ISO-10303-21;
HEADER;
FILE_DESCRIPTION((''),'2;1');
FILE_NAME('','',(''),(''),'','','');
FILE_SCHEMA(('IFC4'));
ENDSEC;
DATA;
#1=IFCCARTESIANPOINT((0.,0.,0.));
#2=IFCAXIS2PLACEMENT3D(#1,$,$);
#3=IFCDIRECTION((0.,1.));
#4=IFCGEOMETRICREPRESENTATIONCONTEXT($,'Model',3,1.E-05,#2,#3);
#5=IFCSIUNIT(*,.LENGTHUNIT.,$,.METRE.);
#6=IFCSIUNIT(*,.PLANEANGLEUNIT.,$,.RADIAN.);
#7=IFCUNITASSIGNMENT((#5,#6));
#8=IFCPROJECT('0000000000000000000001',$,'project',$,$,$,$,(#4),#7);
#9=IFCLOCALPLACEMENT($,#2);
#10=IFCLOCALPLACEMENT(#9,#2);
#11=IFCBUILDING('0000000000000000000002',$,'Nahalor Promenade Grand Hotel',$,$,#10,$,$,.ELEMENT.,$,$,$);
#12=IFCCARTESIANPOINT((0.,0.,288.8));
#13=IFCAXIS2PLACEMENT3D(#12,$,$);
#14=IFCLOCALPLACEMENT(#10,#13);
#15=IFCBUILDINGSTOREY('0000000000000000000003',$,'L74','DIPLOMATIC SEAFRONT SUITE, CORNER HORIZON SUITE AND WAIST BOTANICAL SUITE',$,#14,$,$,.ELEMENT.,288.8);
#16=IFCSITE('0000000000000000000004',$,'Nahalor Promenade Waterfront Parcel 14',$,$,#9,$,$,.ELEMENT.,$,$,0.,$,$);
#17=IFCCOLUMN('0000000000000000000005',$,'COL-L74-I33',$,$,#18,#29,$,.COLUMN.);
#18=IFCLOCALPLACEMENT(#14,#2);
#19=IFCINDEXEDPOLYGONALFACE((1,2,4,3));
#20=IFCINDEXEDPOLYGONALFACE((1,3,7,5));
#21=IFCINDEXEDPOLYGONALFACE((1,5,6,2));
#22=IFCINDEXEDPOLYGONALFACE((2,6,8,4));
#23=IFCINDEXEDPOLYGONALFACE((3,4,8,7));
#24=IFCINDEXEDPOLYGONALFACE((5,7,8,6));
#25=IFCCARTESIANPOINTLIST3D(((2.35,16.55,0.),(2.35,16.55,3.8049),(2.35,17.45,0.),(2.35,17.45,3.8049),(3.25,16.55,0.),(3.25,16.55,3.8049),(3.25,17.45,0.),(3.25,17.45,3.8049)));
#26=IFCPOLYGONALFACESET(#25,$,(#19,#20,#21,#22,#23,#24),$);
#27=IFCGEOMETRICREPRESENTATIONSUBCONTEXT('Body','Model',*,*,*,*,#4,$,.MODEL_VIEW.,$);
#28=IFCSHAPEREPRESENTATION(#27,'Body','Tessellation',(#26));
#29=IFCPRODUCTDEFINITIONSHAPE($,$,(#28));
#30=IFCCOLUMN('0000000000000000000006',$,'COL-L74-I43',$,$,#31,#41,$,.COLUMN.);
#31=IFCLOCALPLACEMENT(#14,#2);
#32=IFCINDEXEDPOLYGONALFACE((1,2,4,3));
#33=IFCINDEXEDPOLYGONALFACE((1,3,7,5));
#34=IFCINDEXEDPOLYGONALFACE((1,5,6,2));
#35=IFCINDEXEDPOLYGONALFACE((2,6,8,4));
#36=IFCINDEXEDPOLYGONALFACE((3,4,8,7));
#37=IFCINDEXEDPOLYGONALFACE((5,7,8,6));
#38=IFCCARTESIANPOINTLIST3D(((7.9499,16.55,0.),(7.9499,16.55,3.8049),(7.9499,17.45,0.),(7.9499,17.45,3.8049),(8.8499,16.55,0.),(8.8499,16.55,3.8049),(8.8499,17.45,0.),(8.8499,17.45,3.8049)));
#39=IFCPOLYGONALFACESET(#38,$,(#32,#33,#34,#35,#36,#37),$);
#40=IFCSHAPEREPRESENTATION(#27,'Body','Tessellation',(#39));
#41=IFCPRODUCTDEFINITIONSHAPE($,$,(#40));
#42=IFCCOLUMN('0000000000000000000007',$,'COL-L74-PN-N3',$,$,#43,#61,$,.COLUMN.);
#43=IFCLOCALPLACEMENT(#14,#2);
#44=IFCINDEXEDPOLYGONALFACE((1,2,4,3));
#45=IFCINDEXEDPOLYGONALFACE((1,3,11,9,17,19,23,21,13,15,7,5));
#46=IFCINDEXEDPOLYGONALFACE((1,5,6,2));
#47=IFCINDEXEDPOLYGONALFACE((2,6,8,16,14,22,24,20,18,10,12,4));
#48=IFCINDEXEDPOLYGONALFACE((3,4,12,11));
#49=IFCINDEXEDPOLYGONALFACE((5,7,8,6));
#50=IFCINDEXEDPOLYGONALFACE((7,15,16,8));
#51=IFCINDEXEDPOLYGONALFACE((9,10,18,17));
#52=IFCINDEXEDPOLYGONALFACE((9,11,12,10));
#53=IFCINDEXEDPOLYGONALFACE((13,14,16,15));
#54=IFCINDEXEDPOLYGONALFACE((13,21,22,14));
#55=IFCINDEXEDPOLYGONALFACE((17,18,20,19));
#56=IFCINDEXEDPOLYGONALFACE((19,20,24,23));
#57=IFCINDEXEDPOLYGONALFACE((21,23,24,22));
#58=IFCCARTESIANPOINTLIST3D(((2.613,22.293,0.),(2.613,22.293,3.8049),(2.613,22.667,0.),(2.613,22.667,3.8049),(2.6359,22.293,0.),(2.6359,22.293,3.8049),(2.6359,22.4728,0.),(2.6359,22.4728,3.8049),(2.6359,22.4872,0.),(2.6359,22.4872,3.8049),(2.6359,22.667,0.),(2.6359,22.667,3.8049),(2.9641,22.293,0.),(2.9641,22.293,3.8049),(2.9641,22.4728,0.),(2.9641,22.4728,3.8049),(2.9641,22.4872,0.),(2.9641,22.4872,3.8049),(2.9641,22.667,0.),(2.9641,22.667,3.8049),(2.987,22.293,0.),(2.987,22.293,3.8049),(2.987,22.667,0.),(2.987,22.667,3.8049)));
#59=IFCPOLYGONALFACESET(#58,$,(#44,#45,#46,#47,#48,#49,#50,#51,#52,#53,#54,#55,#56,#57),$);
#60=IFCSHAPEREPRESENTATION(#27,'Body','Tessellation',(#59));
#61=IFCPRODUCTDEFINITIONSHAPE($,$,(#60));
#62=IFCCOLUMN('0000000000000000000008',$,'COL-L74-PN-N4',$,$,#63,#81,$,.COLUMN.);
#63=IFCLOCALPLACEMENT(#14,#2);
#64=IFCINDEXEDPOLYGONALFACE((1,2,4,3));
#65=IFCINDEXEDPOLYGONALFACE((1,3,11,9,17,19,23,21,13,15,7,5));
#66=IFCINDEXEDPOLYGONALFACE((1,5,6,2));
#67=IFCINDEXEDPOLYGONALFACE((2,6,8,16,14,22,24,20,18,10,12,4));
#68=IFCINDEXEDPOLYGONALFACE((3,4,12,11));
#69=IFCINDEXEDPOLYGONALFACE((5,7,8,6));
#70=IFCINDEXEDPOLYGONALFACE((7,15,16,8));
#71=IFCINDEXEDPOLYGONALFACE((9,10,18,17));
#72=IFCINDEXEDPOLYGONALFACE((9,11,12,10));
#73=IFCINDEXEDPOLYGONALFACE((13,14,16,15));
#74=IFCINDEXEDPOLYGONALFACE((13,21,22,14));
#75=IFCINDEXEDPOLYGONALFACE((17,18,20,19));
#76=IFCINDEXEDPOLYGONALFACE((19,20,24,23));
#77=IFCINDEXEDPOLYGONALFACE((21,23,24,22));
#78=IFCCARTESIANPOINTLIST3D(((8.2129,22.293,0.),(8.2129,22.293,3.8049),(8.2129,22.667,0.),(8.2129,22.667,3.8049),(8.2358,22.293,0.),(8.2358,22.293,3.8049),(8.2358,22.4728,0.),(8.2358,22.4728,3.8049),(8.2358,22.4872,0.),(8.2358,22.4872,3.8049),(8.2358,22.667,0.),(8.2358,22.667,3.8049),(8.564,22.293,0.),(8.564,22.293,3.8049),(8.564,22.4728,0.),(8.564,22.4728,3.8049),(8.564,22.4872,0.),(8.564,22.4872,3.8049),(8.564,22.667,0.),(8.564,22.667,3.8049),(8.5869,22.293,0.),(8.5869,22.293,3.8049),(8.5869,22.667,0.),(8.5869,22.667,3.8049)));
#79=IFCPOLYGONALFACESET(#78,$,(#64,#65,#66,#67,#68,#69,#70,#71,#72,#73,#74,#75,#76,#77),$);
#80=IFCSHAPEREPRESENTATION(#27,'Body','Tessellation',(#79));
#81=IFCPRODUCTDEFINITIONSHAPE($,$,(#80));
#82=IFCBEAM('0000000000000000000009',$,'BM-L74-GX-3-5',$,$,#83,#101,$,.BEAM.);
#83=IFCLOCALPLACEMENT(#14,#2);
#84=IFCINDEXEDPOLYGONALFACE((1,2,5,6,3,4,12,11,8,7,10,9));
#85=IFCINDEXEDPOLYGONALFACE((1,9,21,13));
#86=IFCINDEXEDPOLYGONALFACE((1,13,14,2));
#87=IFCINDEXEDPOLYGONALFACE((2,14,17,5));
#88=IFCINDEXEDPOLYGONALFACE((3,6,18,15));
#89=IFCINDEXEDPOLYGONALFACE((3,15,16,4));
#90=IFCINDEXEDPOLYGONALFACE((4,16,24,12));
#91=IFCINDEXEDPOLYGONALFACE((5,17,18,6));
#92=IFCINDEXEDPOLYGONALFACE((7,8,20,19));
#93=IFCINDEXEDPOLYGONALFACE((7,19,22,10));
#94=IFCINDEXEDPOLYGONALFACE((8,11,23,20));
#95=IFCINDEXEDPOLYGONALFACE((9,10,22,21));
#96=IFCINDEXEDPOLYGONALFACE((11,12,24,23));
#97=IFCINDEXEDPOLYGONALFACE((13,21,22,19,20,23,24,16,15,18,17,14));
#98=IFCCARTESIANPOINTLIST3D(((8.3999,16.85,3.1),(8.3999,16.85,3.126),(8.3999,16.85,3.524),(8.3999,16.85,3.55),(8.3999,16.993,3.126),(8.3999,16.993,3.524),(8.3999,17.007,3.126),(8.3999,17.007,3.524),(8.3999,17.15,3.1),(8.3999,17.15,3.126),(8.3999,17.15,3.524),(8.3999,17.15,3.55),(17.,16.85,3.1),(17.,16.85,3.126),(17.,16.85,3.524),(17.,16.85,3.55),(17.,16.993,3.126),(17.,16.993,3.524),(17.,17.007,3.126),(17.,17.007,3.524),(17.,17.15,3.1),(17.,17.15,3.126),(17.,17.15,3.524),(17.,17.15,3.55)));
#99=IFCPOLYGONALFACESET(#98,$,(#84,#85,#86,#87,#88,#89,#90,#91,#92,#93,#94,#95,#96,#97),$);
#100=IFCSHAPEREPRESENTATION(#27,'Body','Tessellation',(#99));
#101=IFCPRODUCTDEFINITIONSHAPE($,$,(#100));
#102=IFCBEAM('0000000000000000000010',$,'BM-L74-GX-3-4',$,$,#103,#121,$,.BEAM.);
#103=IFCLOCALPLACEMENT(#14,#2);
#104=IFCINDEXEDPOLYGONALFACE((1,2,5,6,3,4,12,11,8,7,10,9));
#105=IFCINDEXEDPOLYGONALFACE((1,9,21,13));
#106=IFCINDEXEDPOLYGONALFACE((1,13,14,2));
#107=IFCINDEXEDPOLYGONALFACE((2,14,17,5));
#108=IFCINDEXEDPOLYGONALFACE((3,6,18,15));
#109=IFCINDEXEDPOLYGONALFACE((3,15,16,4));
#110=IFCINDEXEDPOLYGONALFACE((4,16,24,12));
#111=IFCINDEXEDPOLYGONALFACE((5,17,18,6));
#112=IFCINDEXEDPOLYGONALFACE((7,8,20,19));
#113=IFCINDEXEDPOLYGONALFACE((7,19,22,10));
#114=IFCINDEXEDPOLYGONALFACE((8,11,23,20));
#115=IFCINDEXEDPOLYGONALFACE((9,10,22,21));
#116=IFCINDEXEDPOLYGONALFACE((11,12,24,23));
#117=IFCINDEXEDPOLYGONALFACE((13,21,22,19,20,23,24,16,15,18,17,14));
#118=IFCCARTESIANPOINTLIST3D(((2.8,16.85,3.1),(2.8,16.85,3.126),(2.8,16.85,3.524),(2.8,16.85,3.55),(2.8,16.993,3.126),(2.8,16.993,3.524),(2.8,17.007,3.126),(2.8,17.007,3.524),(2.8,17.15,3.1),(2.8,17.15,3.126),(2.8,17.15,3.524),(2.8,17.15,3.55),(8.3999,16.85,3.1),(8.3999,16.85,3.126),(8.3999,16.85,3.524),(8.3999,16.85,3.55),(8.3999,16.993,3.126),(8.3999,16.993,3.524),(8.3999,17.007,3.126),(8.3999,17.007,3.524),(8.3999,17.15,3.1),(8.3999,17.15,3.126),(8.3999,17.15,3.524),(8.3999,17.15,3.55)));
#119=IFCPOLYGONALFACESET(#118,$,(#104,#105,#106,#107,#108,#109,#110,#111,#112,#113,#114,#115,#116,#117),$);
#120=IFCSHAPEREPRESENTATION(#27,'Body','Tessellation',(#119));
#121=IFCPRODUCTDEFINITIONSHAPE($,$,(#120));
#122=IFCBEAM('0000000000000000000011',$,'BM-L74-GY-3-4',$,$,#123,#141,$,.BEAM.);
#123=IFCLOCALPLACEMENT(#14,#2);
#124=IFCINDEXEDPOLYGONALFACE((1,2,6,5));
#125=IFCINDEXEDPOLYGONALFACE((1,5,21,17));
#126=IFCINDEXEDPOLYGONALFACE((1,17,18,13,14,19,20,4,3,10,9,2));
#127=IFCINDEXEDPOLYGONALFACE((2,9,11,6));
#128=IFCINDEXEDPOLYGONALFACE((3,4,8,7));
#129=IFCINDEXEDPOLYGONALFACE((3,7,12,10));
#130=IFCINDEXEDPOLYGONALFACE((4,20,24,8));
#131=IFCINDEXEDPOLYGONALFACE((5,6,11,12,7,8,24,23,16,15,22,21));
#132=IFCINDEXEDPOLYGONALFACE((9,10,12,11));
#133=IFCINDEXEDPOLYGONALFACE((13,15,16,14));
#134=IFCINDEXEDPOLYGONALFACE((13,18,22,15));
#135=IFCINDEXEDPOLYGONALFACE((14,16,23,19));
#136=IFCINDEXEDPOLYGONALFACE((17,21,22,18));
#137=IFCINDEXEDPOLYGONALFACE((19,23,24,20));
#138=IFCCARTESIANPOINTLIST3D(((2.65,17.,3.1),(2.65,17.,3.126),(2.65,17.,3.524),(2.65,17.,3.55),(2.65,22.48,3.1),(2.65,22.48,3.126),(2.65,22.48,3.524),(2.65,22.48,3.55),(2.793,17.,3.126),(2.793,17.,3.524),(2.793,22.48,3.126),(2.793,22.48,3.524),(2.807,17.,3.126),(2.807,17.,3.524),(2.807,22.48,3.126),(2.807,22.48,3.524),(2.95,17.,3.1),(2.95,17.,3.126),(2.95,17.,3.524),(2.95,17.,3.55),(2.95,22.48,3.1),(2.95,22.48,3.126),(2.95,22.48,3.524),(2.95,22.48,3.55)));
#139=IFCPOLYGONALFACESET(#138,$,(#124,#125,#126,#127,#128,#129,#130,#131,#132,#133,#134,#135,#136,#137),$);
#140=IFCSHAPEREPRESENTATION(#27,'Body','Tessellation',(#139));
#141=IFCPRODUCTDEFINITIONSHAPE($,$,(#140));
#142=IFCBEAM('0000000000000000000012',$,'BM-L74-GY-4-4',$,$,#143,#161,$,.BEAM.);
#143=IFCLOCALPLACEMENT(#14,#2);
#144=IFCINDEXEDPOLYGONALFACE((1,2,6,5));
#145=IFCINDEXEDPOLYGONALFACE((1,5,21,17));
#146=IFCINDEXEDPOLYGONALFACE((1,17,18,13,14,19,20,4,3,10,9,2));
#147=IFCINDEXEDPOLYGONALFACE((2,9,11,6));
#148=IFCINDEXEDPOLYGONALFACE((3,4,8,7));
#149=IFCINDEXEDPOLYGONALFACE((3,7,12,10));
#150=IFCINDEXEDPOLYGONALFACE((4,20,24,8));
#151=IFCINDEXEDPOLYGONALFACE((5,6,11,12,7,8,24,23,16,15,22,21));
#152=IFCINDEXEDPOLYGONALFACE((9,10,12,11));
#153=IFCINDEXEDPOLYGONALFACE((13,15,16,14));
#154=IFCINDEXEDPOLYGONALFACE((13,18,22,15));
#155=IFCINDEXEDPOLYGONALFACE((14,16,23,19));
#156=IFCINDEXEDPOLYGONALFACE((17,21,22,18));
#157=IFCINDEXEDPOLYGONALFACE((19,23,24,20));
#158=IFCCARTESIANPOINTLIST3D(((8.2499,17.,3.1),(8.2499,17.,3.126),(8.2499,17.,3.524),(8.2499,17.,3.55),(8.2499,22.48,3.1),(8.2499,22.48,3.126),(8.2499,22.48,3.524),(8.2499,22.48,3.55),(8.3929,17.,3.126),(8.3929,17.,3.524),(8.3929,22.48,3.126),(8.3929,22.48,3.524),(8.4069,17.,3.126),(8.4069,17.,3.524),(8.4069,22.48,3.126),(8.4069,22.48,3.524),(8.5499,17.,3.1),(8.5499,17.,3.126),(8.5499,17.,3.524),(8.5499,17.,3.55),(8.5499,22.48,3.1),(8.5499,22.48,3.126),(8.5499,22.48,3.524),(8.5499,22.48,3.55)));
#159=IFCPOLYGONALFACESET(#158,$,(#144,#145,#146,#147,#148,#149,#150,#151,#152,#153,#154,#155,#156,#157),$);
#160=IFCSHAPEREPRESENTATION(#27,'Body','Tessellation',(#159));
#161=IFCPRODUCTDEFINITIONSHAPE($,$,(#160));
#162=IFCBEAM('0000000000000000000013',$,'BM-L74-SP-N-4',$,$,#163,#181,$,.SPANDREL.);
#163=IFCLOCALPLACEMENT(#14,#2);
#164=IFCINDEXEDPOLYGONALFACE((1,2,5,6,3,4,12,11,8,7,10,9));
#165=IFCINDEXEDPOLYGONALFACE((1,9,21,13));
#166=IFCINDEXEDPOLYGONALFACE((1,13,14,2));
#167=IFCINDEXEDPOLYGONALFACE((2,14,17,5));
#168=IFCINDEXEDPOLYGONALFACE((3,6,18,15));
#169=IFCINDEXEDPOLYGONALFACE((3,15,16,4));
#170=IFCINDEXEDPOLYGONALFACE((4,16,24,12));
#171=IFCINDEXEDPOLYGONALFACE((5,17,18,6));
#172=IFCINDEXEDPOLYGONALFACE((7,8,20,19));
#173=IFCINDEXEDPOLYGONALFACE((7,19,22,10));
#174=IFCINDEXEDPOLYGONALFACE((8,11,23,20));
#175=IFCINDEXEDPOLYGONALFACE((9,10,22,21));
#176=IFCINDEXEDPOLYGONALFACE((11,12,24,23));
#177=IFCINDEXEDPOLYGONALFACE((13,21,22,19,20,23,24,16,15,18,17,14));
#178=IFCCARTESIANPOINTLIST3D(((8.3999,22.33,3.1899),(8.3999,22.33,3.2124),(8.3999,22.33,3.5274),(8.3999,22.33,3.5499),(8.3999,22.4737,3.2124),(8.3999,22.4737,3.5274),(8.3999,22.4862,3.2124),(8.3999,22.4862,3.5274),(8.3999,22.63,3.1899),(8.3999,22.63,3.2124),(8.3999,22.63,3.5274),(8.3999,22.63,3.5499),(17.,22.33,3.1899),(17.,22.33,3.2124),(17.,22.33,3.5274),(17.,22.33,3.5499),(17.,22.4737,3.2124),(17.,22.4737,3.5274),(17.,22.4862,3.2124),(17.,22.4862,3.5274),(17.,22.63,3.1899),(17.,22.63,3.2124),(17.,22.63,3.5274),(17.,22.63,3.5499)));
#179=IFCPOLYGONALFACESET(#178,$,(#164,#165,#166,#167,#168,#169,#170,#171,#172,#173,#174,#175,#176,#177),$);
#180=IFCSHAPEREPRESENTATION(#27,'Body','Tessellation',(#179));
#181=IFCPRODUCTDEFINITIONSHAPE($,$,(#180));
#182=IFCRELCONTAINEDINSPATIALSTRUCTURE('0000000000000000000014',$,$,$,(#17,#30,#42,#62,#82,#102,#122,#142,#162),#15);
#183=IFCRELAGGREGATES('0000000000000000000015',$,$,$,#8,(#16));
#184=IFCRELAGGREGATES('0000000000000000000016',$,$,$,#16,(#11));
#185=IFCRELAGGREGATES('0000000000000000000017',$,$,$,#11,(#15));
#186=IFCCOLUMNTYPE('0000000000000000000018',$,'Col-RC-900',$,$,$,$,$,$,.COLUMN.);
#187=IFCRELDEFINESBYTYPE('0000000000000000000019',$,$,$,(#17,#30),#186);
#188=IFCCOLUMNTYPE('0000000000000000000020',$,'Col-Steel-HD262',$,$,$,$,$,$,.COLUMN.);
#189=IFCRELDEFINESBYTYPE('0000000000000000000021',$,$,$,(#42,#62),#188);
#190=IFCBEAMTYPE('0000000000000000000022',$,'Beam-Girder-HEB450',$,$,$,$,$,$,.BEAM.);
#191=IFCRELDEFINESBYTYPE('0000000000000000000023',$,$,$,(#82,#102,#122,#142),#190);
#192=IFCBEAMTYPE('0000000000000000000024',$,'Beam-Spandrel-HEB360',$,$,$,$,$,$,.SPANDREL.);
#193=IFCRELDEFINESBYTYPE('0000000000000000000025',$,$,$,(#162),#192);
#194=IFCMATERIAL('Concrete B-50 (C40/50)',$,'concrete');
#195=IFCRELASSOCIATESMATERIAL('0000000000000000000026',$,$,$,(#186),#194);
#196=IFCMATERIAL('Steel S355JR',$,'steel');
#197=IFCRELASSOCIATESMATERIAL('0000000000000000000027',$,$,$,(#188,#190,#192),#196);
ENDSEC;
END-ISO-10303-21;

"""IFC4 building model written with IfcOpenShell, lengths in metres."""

from ifc_helpers import new_model, si_unit, direction, frame, origin, origin_2d, place, context, subcontext, project, spatial, rectangle, i_section, extrude, source, transform, mapped, material, material_profile, profile_set, type_object, element, save


model = new_model("IFC4")

# Units and contexts
model_context = context("Model", 3, precision=1e-05, world=origin(), true_north=direction((0.0, 1.0)))
body_context = subcontext(model_context, "Body", "Model", "MODEL_VIEW")
ifc_project = project(units=[si_unit("LENGTHUNIT", "METRE"), si_unit("PLANEANGLEUNIT", "RADIAN")], contexts=[model_context])

# Site, building, storey
site_placement = place(None, origin())
site = spatial("IfcSite", under=ifc_project, at=site_placement, Name="Nahalor Promenade Waterfront Parcel 14", CompositionType="ELEMENT", RefElevation=0.0)
building_placement = place(site_placement, origin())
building = spatial("IfcBuilding", under=site, at=building_placement, Name="Nahalor Promenade Grand Hotel", CompositionType="ELEMENT")
storey_placement = place(building_placement, frame((0.0, 0.0, 288.8)))
storey = spatial("IfcBuildingStorey", under=building, at=storey_placement, Name="L74", Description="DIPLOMATIC SEAFRONT SUITE, CORNER HORIZON SUITE AND WAIST BOTANICAL SUITE", CompositionType="ELEMENT", Elevation=288.8)

# Columns
ifc_material_1 = material(Name="Concrete B-50 (C40/50)", Category="concrete")
ifc_material_profile_1 = material_profile(ifc_material_1, rectangle(XDim=0.9, YDim=0.9, at=origin_2d()), Name="RC 900x900")
ifc_profile_set_1 = profile_set([ifc_material_profile_1], Name="Concrete B-50 (C40/50)")
column_type_1 = type_object("IfcColumnType", Name="Col-RC-900", PredefinedType="COLUMN", material=ifc_profile_set_1)
shared_shape_1 = source(origin(), body_context, "Body", "SweptSolid", [
    extrude(rectangle(XDim=0.9, YDim=0.9, at=origin_2d()), origin(), (0.0, 0.0, 1.0), 3.8049),
])
for number, where, z_axis, x_axis, name in (
    (1, (2.8, 17.0, 0.0), (0.0, 0.0, 1.0), (1.0, 0.0, 0.0), "COL-L74-I33"),
    (2, (8.3999, 17.0, 0.0), (0.0, 0.0, 1.0), (1.0, 0.0, 0.0), "COL-L74-I43"),
):
    element("IfcColumn", number, at=place(storey_placement, frame(where, z_axis=z_axis, x_axis=x_axis)), inside=storey, type_object=column_type_1, Name=name, PredefinedType="COLUMN", context=body_context, shape_type="MappedRepresentation", body=[
        mapped(shared_shape_1, transform((0.0, 0.0, 0.0), scale=1.0)),
    ])
ifc_material_2 = material(Name="Steel S355JR", Category="steel")
ifc_material_profile_2 = material_profile(ifc_material_2, i_section(OverallWidth=0.374, OverallDepth=0.374, WebThickness=0.0144, FlangeThickness=0.0229, at=origin_2d()), Name="HD 360x262")
ifc_profile_set_2 = profile_set([ifc_material_profile_2], Name="Steel S355JR")
column_type_2 = type_object("IfcColumnType", Name="Col-Steel-HD262", PredefinedType="COLUMN", material=ifc_profile_set_2)
shared_shape_2 = source(origin(), body_context, "Body", "SweptSolid", [
    extrude(i_section(OverallWidth=0.374, OverallDepth=0.374, WebThickness=0.0144, FlangeThickness=0.0229, at=origin_2d()), origin(), (0.0, 0.0, 1.0), 3.8049),
])
for number, where, z_axis, x_axis, name in (
    (3, (2.8, 22.48, 0.0), (0.0, 0.0, 1.0), (0.0, 1.0, 0.0), "COL-L74-PN-N3"),
    (4, (8.3999, 22.48, 0.0), (0.0, 0.0, 1.0), (0.0, 1.0, 0.0), "COL-L74-PN-N4"),
):
    element("IfcColumn", number, at=place(storey_placement, frame(where, z_axis=z_axis, x_axis=x_axis)), inside=storey, type_object=column_type_2, Name=name, PredefinedType="COLUMN", context=body_context, shape_type="MappedRepresentation", body=[
        mapped(shared_shape_2, transform((0.0, 0.0, 0.0), scale=1.0)),
    ])

# Beams
ifc_material_profile_3 = material_profile(ifc_material_2, i_section(OverallWidth=0.3, OverallDepth=0.45, WebThickness=0.014, FlangeThickness=0.026, at=origin_2d()), Name="HEB 450")
ifc_profile_set_3 = profile_set([ifc_material_profile_3], Name="Steel S355JR")
beam_type_1 = type_object("IfcBeamType", Name="Beam-Girder-HEB450", PredefinedType="BEAM", material=ifc_profile_set_3)
shared_shape_3 = source(origin(), body_context, "Body", "SweptSolid", [
    extrude(i_section(OverallWidth=0.3, OverallDepth=0.45, WebThickness=0.014, FlangeThickness=0.026, at=origin_2d()), origin(), (0.0, 0.0, 1.0), 8.6001),
])
beam_1_placement = place(storey_placement, frame((8.3999, 17.0, 3.325), z_axis=(1.0, 0.0, 0.0), x_axis=(0.0, 1.0, 0.0)))
element("IfcBeam", 5, at=beam_1_placement, inside=storey, type_object=beam_type_1, Name="BM-L74-GX-3-5", PredefinedType="BEAM", context=body_context, shape_type="MappedRepresentation", body=[
    mapped(shared_shape_3, transform((0.0, 0.0, 0.0), scale=1.0)),
])
shared_shape_4 = source(origin(), body_context, "Body", "SweptSolid", [
    extrude(i_section(OverallWidth=0.3, OverallDepth=0.45, WebThickness=0.014, FlangeThickness=0.026, at=origin_2d()), origin(), (0.0, 0.0, 1.0), 5.5999),
])
beam_2_placement = place(storey_placement, frame((2.8, 17.0, 3.325), z_axis=(1.0, 0.0, 0.0), x_axis=(0.0, 1.0, 0.0)))
element("IfcBeam", 6, at=beam_2_placement, inside=storey, type_object=beam_type_1, Name="BM-L74-GX-3-4", PredefinedType="BEAM", context=body_context, shape_type="MappedRepresentation", body=[
    mapped(shared_shape_4, transform((0.0, 0.0, 0.0), scale=1.0)),
])
shared_shape_5 = source(origin(), body_context, "Body", "SweptSolid", [
    extrude(i_section(OverallWidth=0.3, OverallDepth=0.45, WebThickness=0.014, FlangeThickness=0.026, at=origin_2d()), origin(), (0.0, 0.0, 1.0), 5.48),
])
for number, where, z_axis, x_axis, name in (
    (7, (2.8, 17.0, 3.325), (0.0, 1.0, 0.0), (-1.0, 0.0, 0.0), "BM-L74-GY-3-4"),
    (8, (8.3999, 17.0, 3.325), (0.0, 1.0, 0.0), (-1.0, 0.0, 0.0), "BM-L74-GY-4-4"),
):
    element("IfcBeam", number, at=place(storey_placement, frame(where, z_axis=z_axis, x_axis=x_axis)), inside=storey, type_object=beam_type_1, Name=name, PredefinedType="BEAM", context=body_context, shape_type="MappedRepresentation", body=[
        mapped(shared_shape_5, transform((0.0, 0.0, 0.0), scale=1.0)),
    ])
ifc_material_profile_4 = material_profile(ifc_material_2, i_section(OverallWidth=0.3, OverallDepth=0.36, WebThickness=0.0125, FlangeThickness=0.0225, at=origin_2d()), Name="HEB 360")
ifc_profile_set_4 = profile_set([ifc_material_profile_4], Name="Steel S355JR")
beam_type_2 = type_object("IfcBeamType", Name="Beam-Spandrel-HEB360", PredefinedType="SPANDREL", material=ifc_profile_set_4)
shared_shape_6 = source(origin(), body_context, "Body", "SweptSolid", [
    extrude(i_section(OverallWidth=0.3, OverallDepth=0.36, WebThickness=0.0125, FlangeThickness=0.0225, at=origin_2d()), origin(), (0.0, 0.0, 1.0), 8.6001),
])
beam_3_placement = place(storey_placement, frame((8.3999, 22.48, 3.3699), z_axis=(1.0, 0.0, 0.0), x_axis=(0.0, 1.0, 0.0)))
element("IfcBeam", 9, at=beam_3_placement, inside=storey, type_object=beam_type_2, Name="BM-L74-SP-N-4", PredefinedType="SPANDREL", context=body_context, shape_type="MappedRepresentation", body=[
    mapped(shared_shape_6, transform((0.0, 0.0, 0.0), scale=1.0)),
])

save(model, "model.ifc")
